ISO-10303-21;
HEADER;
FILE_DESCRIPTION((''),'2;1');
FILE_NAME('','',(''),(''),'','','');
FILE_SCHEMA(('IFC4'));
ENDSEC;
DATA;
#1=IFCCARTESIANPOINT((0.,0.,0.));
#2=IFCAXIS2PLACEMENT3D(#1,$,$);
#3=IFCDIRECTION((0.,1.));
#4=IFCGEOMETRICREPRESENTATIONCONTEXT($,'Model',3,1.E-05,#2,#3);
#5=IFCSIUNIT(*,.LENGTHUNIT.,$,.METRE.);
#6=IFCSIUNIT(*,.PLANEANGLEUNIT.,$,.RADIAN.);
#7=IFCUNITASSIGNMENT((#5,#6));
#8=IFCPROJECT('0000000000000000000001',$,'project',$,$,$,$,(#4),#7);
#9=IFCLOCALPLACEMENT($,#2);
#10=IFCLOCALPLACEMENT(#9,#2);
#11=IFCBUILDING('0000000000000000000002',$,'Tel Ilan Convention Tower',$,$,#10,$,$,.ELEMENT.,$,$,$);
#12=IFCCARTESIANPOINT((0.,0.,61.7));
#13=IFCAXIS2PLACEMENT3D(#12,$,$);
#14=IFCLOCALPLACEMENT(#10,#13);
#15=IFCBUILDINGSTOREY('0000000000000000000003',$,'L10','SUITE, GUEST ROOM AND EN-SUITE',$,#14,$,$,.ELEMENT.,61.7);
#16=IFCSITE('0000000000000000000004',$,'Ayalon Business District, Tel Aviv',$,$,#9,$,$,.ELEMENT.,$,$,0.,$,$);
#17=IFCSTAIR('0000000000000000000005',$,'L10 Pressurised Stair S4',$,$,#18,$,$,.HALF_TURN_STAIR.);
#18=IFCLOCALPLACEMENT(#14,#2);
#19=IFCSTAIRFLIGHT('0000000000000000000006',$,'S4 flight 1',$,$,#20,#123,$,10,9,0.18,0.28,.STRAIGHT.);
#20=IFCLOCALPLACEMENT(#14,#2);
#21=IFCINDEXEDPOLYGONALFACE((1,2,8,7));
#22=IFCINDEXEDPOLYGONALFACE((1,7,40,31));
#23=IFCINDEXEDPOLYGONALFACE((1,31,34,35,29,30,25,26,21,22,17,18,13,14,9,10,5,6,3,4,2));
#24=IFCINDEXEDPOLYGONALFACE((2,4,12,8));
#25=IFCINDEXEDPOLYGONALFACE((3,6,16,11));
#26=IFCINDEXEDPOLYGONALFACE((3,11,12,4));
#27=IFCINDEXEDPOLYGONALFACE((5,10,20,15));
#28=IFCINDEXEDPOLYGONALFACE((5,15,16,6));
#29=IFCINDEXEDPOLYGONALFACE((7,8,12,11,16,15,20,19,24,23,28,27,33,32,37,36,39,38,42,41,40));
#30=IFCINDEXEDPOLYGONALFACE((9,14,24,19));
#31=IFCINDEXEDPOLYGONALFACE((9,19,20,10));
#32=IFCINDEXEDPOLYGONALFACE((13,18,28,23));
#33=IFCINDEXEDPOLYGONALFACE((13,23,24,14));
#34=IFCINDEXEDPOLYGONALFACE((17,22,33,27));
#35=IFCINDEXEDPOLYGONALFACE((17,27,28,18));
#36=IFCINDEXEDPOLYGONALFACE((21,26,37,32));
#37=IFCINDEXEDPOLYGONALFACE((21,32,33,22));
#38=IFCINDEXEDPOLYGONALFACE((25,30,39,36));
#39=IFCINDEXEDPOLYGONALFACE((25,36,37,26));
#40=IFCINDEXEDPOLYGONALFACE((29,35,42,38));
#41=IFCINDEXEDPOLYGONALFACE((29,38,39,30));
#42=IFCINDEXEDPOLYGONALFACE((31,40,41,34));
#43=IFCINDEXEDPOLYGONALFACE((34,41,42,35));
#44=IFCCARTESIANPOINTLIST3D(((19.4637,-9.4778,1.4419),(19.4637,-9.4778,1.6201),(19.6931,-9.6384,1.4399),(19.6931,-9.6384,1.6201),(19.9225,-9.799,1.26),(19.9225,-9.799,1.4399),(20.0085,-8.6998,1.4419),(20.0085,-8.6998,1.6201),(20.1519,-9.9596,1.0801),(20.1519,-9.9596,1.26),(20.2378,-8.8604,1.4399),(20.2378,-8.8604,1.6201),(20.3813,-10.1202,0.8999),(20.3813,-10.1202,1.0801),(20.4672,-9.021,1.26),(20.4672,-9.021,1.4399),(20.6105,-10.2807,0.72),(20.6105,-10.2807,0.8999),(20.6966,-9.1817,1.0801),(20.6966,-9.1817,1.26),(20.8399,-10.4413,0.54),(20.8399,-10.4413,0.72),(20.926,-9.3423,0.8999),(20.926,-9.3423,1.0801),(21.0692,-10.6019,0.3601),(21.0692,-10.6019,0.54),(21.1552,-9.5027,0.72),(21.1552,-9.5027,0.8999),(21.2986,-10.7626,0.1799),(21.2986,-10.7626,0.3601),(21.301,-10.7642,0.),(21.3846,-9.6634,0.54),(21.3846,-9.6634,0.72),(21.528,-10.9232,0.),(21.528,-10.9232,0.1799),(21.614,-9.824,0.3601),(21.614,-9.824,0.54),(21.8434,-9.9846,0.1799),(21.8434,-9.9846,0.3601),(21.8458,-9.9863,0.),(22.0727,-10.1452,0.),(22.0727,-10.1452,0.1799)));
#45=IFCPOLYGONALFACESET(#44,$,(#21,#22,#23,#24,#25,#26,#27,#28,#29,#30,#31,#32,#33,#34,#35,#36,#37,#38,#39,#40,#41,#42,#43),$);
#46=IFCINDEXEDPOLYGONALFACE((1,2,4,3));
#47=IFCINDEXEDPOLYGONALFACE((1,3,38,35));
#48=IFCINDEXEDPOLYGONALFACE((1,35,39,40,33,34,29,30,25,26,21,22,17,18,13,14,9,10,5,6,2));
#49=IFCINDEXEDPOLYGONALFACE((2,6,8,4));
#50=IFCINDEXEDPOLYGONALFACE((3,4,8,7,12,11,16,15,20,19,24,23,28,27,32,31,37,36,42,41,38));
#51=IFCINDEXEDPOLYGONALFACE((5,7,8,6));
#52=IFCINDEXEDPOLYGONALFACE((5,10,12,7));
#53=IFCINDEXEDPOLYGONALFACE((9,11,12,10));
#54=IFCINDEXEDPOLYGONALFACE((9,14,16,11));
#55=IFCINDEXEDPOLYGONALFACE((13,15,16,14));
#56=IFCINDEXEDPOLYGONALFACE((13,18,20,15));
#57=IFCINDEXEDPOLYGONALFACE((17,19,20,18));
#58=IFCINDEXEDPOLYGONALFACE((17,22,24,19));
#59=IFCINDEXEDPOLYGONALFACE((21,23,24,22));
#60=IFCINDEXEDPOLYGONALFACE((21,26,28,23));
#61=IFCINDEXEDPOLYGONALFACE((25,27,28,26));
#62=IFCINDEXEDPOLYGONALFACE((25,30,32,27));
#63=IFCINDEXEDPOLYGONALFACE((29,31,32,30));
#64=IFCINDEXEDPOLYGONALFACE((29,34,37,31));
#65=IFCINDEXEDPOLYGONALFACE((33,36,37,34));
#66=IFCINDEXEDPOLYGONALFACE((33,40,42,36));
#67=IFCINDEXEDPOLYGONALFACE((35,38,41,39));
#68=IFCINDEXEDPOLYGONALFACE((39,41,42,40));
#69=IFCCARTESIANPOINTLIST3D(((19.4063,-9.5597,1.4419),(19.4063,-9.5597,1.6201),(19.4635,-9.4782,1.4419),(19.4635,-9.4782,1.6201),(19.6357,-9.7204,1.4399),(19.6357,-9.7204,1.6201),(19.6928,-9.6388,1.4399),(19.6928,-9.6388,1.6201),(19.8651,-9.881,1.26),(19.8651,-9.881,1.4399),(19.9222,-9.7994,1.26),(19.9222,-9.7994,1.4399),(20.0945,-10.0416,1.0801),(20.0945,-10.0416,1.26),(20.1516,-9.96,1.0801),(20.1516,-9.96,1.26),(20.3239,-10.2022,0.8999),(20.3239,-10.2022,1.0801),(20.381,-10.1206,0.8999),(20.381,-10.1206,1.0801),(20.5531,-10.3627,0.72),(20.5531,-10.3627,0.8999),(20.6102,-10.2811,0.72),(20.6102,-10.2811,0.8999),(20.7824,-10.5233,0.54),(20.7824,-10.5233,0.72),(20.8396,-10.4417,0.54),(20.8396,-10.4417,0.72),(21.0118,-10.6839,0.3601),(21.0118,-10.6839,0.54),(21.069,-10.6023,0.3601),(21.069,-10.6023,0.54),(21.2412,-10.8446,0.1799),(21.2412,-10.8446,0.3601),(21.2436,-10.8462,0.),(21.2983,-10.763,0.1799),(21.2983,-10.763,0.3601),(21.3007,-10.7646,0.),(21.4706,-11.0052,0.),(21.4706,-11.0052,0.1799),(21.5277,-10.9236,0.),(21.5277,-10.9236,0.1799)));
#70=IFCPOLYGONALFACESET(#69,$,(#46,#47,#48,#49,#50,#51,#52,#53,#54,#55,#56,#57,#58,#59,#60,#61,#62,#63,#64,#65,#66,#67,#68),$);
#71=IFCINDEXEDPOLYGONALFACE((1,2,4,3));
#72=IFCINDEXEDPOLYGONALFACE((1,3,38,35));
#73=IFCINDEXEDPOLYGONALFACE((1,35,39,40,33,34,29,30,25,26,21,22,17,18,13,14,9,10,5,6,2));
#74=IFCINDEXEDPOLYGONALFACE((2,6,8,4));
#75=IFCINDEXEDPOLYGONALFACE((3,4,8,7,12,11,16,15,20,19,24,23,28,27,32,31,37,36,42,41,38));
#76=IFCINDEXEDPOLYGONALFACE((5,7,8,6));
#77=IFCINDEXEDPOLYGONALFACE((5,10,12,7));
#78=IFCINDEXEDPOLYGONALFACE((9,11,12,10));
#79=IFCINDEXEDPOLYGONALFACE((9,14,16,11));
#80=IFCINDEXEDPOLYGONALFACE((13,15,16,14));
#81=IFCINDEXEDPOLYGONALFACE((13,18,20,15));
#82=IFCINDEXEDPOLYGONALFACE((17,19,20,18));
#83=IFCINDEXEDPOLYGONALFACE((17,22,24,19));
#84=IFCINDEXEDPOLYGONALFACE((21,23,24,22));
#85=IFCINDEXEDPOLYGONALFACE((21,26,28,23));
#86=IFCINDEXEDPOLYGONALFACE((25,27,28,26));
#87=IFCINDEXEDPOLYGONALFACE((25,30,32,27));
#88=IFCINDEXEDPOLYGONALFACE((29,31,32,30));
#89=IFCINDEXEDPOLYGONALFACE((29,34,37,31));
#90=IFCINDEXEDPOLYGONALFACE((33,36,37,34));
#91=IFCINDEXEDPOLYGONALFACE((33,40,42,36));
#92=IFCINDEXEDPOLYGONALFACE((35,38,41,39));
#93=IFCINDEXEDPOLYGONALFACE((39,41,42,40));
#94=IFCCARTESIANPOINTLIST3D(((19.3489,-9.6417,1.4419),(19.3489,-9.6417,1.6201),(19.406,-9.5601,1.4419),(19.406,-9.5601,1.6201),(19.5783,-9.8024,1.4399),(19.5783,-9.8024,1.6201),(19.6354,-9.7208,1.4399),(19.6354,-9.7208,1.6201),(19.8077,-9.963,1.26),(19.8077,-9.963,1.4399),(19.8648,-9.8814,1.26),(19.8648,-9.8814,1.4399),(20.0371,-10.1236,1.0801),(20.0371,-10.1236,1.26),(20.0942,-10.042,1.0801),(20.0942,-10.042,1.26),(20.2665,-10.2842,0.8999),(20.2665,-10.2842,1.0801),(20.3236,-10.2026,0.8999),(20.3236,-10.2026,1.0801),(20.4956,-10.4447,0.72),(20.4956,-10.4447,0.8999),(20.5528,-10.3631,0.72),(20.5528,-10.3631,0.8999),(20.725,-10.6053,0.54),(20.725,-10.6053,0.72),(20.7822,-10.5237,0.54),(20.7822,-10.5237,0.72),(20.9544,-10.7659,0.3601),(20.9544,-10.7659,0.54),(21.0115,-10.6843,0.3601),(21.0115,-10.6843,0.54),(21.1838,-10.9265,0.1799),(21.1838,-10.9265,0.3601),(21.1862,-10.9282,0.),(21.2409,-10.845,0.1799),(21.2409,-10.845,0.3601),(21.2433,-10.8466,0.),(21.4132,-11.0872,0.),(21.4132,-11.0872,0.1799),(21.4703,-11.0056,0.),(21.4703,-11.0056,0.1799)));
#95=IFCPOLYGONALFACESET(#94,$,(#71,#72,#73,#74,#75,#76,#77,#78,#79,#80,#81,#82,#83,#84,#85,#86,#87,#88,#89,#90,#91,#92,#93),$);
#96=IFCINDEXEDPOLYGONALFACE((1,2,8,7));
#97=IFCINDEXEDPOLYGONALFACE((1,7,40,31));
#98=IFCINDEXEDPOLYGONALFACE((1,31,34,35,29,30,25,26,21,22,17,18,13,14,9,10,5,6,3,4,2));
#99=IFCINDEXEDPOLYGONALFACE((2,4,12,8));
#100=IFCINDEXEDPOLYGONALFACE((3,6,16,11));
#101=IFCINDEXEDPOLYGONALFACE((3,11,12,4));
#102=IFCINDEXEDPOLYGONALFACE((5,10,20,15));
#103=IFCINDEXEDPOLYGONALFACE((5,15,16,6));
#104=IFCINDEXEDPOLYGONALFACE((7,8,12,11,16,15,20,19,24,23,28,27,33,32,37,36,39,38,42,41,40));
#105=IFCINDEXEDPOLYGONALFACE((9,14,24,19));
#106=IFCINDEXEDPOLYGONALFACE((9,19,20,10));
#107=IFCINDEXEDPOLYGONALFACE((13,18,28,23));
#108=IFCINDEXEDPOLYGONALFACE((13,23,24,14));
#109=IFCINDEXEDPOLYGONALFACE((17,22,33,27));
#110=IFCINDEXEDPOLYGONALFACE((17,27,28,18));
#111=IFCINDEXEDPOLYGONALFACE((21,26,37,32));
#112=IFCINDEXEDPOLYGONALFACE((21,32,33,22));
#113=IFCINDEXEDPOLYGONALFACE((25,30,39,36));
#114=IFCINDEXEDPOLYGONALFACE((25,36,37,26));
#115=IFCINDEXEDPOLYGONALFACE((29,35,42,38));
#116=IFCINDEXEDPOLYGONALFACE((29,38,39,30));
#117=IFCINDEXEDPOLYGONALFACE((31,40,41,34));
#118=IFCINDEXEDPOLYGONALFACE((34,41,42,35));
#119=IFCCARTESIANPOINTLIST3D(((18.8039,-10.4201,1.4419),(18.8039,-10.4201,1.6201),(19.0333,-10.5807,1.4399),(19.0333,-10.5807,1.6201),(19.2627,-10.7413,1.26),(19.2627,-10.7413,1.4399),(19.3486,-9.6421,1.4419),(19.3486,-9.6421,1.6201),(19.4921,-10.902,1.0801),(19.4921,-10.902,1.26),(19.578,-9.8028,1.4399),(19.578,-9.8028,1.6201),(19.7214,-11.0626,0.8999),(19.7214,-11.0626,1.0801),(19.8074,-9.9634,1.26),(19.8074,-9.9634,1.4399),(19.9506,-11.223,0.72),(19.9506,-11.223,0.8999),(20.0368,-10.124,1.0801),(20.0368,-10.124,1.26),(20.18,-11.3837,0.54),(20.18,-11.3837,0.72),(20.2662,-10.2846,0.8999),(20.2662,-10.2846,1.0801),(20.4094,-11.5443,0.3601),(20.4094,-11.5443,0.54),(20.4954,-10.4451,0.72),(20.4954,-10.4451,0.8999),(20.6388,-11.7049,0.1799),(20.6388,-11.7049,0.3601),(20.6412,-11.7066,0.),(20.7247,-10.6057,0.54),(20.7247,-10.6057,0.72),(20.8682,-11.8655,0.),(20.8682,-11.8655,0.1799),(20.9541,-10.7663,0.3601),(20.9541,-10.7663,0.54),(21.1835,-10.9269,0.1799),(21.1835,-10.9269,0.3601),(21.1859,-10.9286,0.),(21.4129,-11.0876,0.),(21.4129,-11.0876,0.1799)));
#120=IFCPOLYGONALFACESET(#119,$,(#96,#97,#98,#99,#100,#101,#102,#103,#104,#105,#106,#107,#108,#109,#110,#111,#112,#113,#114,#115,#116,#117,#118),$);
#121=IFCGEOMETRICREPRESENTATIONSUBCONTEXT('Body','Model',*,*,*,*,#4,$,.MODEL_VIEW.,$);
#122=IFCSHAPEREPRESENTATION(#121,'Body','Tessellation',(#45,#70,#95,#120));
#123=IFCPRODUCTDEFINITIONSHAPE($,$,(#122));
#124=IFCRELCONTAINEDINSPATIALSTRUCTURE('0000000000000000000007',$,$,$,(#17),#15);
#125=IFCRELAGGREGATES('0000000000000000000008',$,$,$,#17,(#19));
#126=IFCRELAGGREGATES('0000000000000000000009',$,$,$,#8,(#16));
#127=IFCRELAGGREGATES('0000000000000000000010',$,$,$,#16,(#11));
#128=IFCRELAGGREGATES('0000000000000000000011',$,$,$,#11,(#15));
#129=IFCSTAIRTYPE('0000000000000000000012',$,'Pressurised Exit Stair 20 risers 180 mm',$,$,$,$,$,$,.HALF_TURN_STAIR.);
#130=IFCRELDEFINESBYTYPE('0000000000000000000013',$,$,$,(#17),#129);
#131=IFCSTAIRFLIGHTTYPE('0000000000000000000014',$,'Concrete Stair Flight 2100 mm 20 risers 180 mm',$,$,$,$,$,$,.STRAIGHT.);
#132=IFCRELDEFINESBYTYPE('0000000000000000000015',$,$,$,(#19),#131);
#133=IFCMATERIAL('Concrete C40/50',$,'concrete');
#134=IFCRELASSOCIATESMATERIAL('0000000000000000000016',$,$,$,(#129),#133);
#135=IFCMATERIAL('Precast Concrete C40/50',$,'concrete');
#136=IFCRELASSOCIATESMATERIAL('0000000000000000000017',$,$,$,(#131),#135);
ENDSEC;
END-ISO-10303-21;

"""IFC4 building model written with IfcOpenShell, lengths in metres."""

from ifc_helpers import new_model, si_unit, direction, frame, origin, place, context, subcontext, project, spatial, polyline, outline, extrude, material, type_object, element, aggregate, save


model = new_model("IFC4")

# Units and contexts
model_context = context("Model", 3, precision=1e-05, world=origin(), true_north=direction((0.0, 1.0)))
body_context = subcontext(model_context, "Body", "Model", "MODEL_VIEW")
ifc_project = project(units=[si_unit("LENGTHUNIT", "METRE"), si_unit("PLANEANGLEUNIT", "RADIAN")], contexts=[model_context])

# Site, building, storey
site_placement = place(None, origin())
site = spatial("IfcSite", under=ifc_project, at=site_placement, Name="Ayalon Business District, Tel Aviv", CompositionType="ELEMENT", RefElevation=0.0)
building_placement = place(site_placement, origin())
building = spatial("IfcBuilding", under=site, at=building_placement, Name="Tel Ilan Convention Tower", CompositionType="ELEMENT")
storey_placement = place(building_placement, frame((0.0, 0.0, 61.7)))
storey = spatial("IfcBuildingStorey", under=building, at=storey_placement, Name="L10", Description="SUITE, GUEST ROOM AND EN-SUITE", CompositionType="ELEMENT", Elevation=61.7)

# Stair, stair flight
ifc_material_1 = material(Name="Concrete C40/50", Category="concrete")
stair_type = type_object("IfcStairType", Name="Pressurised Exit Stair 20 risers 180 mm", PredefinedType="HALF_TURN_STAIR", material=ifc_material_1)
ifc_material_2 = material(Name="Precast Concrete C40/50", Category="concrete")
stair_flight_type = type_object("IfcStairFlightType", Name="Concrete Stair Flight 2100 mm 20 risers 180 mm", PredefinedType="STRAIGHT", material=ifc_material_2)
stair_1_placement = place(storey_placement, origin())
stair_1 = element("IfcStair", 1, at=stair_1_placement, inside=storey, type_object=stair_type, Name="L10 Pressurised Stair S4", PredefinedType="HALF_TURN_STAIR")
stair_flight_1_placement = place(storey_placement, frame((21.4705, -11.0054, 0.0), z_axis=(0.0, 0.0, 1.0), x_axis=(-0.819152, 0.573576, 0.0)))
stair_flight_1 = element("IfcStairFlight", 2, at=stair_flight_1_placement, type_object=stair_flight_type, Name="S4 flight 1", NumberOfRisers=10, NumberOfTreads=9, PredefinedType="STRAIGHT", RiserHeight=0.18, TreadLength=0.28, context=body_context, shape_type="SweptSolid", body=[
    extrude(outline(polyline([(0.0, 0.0), (0.0, 0.1799), (0.28, 0.1799), (0.28, 0.3601), (0.5601, 0.3601), (0.5601, 0.54), (0.8401, 0.54), (0.8401, 0.72), (1.1201, 0.72), (1.1201, 0.8999), (1.3999, 0.8999), (1.3999, 1.0801), (1.6799, 1.0801), (1.6799, 1.26), (1.96, 1.26), (1.96, 1.4399), (2.24, 1.4399), (2.24, 1.6201), (2.52, 1.6201), (2.52, 1.8), (2.52, 1.4419), (0.2771, 0.0), (0.0, 0.0)])), frame((0.0, -0.1003, 0.0), z_axis=(0.0, -1.0, 0.0), x_axis=(1.0, 0.0, 0.0)), (0.0, 0.0, 1.0), 0.9497),
    extrude(outline(polyline([(0.0, 0.0), (0.0, 0.1799), (0.28, 0.1799), (0.28, 0.3601), (0.5601, 0.3601), (0.5601, 0.54), (0.8401, 0.54), (0.8401, 0.72), (1.1201, 0.72), (1.1201, 0.8999), (1.3999, 0.8999), (1.3999, 1.0801), (1.6799, 1.0801), (1.6799, 1.26), (1.96, 1.26), (1.96, 1.4399), (2.24, 1.4399), (2.24, 1.6201), (2.52, 1.6201), (2.52, 1.8), (2.52, 1.4419), (0.2771, 0.0), (0.0, 0.0)])), frame((0.0, -0.0002, 0.0), z_axis=(0.0, -1.0, 0.0), x_axis=(1.0, 0.0, 0.0)), (0.0, 0.0, 1.0), 0.0996),
    extrude(outline(polyline([(0.0, 0.0), (0.0, 0.1799), (0.28, 0.1799), (0.28, 0.3601), (0.5601, 0.3601), (0.5601, 0.54), (0.8401, 0.54), (0.8401, 0.72), (1.1201, 0.72), (1.1201, 0.8999), (1.3999, 0.8999), (1.3999, 1.0801), (1.6799, 1.0801), (1.6799, 1.26), (1.96, 1.26), (1.96, 1.4399), (2.24, 1.4399), (2.24, 1.6201), (2.52, 1.6201), (2.52, 1.8), (2.52, 1.4419), (0.2771, 0.0), (0.0, 0.0)])), frame((0.0, 0.0999, 0.0), z_axis=(0.0, -1.0, 0.0), x_axis=(1.0, 0.0, 0.0)), (0.0, 0.0, 1.0), 0.0996),
    extrude(outline(polyline([(0.0, 0.0), (0.0, 0.1799), (0.28, 0.1799), (0.28, 0.3601), (0.5601, 0.3601), (0.5601, 0.54), (0.8401, 0.54), (0.8401, 0.72), (1.1201, 0.72), (1.1201, 0.8999), (1.3999, 0.8999), (1.3999, 1.0801), (1.6799, 1.0801), (1.6799, 1.26), (1.96, 1.26), (1.96, 1.4399), (2.24, 1.4399), (2.24, 1.6201), (2.52, 1.6201), (2.52, 1.8), (2.52, 1.4419), (0.2771, 0.0), (0.0, 0.0)])), frame((0.0, 1.05, 0.0), z_axis=(0.0, -1.0, 0.0), x_axis=(1.0, 0.0, 0.0)), (0.0, 0.0, 1.0), 0.9497),
])
aggregate(stair_1, [stair_flight_1])

save(model, "model.ifc")
